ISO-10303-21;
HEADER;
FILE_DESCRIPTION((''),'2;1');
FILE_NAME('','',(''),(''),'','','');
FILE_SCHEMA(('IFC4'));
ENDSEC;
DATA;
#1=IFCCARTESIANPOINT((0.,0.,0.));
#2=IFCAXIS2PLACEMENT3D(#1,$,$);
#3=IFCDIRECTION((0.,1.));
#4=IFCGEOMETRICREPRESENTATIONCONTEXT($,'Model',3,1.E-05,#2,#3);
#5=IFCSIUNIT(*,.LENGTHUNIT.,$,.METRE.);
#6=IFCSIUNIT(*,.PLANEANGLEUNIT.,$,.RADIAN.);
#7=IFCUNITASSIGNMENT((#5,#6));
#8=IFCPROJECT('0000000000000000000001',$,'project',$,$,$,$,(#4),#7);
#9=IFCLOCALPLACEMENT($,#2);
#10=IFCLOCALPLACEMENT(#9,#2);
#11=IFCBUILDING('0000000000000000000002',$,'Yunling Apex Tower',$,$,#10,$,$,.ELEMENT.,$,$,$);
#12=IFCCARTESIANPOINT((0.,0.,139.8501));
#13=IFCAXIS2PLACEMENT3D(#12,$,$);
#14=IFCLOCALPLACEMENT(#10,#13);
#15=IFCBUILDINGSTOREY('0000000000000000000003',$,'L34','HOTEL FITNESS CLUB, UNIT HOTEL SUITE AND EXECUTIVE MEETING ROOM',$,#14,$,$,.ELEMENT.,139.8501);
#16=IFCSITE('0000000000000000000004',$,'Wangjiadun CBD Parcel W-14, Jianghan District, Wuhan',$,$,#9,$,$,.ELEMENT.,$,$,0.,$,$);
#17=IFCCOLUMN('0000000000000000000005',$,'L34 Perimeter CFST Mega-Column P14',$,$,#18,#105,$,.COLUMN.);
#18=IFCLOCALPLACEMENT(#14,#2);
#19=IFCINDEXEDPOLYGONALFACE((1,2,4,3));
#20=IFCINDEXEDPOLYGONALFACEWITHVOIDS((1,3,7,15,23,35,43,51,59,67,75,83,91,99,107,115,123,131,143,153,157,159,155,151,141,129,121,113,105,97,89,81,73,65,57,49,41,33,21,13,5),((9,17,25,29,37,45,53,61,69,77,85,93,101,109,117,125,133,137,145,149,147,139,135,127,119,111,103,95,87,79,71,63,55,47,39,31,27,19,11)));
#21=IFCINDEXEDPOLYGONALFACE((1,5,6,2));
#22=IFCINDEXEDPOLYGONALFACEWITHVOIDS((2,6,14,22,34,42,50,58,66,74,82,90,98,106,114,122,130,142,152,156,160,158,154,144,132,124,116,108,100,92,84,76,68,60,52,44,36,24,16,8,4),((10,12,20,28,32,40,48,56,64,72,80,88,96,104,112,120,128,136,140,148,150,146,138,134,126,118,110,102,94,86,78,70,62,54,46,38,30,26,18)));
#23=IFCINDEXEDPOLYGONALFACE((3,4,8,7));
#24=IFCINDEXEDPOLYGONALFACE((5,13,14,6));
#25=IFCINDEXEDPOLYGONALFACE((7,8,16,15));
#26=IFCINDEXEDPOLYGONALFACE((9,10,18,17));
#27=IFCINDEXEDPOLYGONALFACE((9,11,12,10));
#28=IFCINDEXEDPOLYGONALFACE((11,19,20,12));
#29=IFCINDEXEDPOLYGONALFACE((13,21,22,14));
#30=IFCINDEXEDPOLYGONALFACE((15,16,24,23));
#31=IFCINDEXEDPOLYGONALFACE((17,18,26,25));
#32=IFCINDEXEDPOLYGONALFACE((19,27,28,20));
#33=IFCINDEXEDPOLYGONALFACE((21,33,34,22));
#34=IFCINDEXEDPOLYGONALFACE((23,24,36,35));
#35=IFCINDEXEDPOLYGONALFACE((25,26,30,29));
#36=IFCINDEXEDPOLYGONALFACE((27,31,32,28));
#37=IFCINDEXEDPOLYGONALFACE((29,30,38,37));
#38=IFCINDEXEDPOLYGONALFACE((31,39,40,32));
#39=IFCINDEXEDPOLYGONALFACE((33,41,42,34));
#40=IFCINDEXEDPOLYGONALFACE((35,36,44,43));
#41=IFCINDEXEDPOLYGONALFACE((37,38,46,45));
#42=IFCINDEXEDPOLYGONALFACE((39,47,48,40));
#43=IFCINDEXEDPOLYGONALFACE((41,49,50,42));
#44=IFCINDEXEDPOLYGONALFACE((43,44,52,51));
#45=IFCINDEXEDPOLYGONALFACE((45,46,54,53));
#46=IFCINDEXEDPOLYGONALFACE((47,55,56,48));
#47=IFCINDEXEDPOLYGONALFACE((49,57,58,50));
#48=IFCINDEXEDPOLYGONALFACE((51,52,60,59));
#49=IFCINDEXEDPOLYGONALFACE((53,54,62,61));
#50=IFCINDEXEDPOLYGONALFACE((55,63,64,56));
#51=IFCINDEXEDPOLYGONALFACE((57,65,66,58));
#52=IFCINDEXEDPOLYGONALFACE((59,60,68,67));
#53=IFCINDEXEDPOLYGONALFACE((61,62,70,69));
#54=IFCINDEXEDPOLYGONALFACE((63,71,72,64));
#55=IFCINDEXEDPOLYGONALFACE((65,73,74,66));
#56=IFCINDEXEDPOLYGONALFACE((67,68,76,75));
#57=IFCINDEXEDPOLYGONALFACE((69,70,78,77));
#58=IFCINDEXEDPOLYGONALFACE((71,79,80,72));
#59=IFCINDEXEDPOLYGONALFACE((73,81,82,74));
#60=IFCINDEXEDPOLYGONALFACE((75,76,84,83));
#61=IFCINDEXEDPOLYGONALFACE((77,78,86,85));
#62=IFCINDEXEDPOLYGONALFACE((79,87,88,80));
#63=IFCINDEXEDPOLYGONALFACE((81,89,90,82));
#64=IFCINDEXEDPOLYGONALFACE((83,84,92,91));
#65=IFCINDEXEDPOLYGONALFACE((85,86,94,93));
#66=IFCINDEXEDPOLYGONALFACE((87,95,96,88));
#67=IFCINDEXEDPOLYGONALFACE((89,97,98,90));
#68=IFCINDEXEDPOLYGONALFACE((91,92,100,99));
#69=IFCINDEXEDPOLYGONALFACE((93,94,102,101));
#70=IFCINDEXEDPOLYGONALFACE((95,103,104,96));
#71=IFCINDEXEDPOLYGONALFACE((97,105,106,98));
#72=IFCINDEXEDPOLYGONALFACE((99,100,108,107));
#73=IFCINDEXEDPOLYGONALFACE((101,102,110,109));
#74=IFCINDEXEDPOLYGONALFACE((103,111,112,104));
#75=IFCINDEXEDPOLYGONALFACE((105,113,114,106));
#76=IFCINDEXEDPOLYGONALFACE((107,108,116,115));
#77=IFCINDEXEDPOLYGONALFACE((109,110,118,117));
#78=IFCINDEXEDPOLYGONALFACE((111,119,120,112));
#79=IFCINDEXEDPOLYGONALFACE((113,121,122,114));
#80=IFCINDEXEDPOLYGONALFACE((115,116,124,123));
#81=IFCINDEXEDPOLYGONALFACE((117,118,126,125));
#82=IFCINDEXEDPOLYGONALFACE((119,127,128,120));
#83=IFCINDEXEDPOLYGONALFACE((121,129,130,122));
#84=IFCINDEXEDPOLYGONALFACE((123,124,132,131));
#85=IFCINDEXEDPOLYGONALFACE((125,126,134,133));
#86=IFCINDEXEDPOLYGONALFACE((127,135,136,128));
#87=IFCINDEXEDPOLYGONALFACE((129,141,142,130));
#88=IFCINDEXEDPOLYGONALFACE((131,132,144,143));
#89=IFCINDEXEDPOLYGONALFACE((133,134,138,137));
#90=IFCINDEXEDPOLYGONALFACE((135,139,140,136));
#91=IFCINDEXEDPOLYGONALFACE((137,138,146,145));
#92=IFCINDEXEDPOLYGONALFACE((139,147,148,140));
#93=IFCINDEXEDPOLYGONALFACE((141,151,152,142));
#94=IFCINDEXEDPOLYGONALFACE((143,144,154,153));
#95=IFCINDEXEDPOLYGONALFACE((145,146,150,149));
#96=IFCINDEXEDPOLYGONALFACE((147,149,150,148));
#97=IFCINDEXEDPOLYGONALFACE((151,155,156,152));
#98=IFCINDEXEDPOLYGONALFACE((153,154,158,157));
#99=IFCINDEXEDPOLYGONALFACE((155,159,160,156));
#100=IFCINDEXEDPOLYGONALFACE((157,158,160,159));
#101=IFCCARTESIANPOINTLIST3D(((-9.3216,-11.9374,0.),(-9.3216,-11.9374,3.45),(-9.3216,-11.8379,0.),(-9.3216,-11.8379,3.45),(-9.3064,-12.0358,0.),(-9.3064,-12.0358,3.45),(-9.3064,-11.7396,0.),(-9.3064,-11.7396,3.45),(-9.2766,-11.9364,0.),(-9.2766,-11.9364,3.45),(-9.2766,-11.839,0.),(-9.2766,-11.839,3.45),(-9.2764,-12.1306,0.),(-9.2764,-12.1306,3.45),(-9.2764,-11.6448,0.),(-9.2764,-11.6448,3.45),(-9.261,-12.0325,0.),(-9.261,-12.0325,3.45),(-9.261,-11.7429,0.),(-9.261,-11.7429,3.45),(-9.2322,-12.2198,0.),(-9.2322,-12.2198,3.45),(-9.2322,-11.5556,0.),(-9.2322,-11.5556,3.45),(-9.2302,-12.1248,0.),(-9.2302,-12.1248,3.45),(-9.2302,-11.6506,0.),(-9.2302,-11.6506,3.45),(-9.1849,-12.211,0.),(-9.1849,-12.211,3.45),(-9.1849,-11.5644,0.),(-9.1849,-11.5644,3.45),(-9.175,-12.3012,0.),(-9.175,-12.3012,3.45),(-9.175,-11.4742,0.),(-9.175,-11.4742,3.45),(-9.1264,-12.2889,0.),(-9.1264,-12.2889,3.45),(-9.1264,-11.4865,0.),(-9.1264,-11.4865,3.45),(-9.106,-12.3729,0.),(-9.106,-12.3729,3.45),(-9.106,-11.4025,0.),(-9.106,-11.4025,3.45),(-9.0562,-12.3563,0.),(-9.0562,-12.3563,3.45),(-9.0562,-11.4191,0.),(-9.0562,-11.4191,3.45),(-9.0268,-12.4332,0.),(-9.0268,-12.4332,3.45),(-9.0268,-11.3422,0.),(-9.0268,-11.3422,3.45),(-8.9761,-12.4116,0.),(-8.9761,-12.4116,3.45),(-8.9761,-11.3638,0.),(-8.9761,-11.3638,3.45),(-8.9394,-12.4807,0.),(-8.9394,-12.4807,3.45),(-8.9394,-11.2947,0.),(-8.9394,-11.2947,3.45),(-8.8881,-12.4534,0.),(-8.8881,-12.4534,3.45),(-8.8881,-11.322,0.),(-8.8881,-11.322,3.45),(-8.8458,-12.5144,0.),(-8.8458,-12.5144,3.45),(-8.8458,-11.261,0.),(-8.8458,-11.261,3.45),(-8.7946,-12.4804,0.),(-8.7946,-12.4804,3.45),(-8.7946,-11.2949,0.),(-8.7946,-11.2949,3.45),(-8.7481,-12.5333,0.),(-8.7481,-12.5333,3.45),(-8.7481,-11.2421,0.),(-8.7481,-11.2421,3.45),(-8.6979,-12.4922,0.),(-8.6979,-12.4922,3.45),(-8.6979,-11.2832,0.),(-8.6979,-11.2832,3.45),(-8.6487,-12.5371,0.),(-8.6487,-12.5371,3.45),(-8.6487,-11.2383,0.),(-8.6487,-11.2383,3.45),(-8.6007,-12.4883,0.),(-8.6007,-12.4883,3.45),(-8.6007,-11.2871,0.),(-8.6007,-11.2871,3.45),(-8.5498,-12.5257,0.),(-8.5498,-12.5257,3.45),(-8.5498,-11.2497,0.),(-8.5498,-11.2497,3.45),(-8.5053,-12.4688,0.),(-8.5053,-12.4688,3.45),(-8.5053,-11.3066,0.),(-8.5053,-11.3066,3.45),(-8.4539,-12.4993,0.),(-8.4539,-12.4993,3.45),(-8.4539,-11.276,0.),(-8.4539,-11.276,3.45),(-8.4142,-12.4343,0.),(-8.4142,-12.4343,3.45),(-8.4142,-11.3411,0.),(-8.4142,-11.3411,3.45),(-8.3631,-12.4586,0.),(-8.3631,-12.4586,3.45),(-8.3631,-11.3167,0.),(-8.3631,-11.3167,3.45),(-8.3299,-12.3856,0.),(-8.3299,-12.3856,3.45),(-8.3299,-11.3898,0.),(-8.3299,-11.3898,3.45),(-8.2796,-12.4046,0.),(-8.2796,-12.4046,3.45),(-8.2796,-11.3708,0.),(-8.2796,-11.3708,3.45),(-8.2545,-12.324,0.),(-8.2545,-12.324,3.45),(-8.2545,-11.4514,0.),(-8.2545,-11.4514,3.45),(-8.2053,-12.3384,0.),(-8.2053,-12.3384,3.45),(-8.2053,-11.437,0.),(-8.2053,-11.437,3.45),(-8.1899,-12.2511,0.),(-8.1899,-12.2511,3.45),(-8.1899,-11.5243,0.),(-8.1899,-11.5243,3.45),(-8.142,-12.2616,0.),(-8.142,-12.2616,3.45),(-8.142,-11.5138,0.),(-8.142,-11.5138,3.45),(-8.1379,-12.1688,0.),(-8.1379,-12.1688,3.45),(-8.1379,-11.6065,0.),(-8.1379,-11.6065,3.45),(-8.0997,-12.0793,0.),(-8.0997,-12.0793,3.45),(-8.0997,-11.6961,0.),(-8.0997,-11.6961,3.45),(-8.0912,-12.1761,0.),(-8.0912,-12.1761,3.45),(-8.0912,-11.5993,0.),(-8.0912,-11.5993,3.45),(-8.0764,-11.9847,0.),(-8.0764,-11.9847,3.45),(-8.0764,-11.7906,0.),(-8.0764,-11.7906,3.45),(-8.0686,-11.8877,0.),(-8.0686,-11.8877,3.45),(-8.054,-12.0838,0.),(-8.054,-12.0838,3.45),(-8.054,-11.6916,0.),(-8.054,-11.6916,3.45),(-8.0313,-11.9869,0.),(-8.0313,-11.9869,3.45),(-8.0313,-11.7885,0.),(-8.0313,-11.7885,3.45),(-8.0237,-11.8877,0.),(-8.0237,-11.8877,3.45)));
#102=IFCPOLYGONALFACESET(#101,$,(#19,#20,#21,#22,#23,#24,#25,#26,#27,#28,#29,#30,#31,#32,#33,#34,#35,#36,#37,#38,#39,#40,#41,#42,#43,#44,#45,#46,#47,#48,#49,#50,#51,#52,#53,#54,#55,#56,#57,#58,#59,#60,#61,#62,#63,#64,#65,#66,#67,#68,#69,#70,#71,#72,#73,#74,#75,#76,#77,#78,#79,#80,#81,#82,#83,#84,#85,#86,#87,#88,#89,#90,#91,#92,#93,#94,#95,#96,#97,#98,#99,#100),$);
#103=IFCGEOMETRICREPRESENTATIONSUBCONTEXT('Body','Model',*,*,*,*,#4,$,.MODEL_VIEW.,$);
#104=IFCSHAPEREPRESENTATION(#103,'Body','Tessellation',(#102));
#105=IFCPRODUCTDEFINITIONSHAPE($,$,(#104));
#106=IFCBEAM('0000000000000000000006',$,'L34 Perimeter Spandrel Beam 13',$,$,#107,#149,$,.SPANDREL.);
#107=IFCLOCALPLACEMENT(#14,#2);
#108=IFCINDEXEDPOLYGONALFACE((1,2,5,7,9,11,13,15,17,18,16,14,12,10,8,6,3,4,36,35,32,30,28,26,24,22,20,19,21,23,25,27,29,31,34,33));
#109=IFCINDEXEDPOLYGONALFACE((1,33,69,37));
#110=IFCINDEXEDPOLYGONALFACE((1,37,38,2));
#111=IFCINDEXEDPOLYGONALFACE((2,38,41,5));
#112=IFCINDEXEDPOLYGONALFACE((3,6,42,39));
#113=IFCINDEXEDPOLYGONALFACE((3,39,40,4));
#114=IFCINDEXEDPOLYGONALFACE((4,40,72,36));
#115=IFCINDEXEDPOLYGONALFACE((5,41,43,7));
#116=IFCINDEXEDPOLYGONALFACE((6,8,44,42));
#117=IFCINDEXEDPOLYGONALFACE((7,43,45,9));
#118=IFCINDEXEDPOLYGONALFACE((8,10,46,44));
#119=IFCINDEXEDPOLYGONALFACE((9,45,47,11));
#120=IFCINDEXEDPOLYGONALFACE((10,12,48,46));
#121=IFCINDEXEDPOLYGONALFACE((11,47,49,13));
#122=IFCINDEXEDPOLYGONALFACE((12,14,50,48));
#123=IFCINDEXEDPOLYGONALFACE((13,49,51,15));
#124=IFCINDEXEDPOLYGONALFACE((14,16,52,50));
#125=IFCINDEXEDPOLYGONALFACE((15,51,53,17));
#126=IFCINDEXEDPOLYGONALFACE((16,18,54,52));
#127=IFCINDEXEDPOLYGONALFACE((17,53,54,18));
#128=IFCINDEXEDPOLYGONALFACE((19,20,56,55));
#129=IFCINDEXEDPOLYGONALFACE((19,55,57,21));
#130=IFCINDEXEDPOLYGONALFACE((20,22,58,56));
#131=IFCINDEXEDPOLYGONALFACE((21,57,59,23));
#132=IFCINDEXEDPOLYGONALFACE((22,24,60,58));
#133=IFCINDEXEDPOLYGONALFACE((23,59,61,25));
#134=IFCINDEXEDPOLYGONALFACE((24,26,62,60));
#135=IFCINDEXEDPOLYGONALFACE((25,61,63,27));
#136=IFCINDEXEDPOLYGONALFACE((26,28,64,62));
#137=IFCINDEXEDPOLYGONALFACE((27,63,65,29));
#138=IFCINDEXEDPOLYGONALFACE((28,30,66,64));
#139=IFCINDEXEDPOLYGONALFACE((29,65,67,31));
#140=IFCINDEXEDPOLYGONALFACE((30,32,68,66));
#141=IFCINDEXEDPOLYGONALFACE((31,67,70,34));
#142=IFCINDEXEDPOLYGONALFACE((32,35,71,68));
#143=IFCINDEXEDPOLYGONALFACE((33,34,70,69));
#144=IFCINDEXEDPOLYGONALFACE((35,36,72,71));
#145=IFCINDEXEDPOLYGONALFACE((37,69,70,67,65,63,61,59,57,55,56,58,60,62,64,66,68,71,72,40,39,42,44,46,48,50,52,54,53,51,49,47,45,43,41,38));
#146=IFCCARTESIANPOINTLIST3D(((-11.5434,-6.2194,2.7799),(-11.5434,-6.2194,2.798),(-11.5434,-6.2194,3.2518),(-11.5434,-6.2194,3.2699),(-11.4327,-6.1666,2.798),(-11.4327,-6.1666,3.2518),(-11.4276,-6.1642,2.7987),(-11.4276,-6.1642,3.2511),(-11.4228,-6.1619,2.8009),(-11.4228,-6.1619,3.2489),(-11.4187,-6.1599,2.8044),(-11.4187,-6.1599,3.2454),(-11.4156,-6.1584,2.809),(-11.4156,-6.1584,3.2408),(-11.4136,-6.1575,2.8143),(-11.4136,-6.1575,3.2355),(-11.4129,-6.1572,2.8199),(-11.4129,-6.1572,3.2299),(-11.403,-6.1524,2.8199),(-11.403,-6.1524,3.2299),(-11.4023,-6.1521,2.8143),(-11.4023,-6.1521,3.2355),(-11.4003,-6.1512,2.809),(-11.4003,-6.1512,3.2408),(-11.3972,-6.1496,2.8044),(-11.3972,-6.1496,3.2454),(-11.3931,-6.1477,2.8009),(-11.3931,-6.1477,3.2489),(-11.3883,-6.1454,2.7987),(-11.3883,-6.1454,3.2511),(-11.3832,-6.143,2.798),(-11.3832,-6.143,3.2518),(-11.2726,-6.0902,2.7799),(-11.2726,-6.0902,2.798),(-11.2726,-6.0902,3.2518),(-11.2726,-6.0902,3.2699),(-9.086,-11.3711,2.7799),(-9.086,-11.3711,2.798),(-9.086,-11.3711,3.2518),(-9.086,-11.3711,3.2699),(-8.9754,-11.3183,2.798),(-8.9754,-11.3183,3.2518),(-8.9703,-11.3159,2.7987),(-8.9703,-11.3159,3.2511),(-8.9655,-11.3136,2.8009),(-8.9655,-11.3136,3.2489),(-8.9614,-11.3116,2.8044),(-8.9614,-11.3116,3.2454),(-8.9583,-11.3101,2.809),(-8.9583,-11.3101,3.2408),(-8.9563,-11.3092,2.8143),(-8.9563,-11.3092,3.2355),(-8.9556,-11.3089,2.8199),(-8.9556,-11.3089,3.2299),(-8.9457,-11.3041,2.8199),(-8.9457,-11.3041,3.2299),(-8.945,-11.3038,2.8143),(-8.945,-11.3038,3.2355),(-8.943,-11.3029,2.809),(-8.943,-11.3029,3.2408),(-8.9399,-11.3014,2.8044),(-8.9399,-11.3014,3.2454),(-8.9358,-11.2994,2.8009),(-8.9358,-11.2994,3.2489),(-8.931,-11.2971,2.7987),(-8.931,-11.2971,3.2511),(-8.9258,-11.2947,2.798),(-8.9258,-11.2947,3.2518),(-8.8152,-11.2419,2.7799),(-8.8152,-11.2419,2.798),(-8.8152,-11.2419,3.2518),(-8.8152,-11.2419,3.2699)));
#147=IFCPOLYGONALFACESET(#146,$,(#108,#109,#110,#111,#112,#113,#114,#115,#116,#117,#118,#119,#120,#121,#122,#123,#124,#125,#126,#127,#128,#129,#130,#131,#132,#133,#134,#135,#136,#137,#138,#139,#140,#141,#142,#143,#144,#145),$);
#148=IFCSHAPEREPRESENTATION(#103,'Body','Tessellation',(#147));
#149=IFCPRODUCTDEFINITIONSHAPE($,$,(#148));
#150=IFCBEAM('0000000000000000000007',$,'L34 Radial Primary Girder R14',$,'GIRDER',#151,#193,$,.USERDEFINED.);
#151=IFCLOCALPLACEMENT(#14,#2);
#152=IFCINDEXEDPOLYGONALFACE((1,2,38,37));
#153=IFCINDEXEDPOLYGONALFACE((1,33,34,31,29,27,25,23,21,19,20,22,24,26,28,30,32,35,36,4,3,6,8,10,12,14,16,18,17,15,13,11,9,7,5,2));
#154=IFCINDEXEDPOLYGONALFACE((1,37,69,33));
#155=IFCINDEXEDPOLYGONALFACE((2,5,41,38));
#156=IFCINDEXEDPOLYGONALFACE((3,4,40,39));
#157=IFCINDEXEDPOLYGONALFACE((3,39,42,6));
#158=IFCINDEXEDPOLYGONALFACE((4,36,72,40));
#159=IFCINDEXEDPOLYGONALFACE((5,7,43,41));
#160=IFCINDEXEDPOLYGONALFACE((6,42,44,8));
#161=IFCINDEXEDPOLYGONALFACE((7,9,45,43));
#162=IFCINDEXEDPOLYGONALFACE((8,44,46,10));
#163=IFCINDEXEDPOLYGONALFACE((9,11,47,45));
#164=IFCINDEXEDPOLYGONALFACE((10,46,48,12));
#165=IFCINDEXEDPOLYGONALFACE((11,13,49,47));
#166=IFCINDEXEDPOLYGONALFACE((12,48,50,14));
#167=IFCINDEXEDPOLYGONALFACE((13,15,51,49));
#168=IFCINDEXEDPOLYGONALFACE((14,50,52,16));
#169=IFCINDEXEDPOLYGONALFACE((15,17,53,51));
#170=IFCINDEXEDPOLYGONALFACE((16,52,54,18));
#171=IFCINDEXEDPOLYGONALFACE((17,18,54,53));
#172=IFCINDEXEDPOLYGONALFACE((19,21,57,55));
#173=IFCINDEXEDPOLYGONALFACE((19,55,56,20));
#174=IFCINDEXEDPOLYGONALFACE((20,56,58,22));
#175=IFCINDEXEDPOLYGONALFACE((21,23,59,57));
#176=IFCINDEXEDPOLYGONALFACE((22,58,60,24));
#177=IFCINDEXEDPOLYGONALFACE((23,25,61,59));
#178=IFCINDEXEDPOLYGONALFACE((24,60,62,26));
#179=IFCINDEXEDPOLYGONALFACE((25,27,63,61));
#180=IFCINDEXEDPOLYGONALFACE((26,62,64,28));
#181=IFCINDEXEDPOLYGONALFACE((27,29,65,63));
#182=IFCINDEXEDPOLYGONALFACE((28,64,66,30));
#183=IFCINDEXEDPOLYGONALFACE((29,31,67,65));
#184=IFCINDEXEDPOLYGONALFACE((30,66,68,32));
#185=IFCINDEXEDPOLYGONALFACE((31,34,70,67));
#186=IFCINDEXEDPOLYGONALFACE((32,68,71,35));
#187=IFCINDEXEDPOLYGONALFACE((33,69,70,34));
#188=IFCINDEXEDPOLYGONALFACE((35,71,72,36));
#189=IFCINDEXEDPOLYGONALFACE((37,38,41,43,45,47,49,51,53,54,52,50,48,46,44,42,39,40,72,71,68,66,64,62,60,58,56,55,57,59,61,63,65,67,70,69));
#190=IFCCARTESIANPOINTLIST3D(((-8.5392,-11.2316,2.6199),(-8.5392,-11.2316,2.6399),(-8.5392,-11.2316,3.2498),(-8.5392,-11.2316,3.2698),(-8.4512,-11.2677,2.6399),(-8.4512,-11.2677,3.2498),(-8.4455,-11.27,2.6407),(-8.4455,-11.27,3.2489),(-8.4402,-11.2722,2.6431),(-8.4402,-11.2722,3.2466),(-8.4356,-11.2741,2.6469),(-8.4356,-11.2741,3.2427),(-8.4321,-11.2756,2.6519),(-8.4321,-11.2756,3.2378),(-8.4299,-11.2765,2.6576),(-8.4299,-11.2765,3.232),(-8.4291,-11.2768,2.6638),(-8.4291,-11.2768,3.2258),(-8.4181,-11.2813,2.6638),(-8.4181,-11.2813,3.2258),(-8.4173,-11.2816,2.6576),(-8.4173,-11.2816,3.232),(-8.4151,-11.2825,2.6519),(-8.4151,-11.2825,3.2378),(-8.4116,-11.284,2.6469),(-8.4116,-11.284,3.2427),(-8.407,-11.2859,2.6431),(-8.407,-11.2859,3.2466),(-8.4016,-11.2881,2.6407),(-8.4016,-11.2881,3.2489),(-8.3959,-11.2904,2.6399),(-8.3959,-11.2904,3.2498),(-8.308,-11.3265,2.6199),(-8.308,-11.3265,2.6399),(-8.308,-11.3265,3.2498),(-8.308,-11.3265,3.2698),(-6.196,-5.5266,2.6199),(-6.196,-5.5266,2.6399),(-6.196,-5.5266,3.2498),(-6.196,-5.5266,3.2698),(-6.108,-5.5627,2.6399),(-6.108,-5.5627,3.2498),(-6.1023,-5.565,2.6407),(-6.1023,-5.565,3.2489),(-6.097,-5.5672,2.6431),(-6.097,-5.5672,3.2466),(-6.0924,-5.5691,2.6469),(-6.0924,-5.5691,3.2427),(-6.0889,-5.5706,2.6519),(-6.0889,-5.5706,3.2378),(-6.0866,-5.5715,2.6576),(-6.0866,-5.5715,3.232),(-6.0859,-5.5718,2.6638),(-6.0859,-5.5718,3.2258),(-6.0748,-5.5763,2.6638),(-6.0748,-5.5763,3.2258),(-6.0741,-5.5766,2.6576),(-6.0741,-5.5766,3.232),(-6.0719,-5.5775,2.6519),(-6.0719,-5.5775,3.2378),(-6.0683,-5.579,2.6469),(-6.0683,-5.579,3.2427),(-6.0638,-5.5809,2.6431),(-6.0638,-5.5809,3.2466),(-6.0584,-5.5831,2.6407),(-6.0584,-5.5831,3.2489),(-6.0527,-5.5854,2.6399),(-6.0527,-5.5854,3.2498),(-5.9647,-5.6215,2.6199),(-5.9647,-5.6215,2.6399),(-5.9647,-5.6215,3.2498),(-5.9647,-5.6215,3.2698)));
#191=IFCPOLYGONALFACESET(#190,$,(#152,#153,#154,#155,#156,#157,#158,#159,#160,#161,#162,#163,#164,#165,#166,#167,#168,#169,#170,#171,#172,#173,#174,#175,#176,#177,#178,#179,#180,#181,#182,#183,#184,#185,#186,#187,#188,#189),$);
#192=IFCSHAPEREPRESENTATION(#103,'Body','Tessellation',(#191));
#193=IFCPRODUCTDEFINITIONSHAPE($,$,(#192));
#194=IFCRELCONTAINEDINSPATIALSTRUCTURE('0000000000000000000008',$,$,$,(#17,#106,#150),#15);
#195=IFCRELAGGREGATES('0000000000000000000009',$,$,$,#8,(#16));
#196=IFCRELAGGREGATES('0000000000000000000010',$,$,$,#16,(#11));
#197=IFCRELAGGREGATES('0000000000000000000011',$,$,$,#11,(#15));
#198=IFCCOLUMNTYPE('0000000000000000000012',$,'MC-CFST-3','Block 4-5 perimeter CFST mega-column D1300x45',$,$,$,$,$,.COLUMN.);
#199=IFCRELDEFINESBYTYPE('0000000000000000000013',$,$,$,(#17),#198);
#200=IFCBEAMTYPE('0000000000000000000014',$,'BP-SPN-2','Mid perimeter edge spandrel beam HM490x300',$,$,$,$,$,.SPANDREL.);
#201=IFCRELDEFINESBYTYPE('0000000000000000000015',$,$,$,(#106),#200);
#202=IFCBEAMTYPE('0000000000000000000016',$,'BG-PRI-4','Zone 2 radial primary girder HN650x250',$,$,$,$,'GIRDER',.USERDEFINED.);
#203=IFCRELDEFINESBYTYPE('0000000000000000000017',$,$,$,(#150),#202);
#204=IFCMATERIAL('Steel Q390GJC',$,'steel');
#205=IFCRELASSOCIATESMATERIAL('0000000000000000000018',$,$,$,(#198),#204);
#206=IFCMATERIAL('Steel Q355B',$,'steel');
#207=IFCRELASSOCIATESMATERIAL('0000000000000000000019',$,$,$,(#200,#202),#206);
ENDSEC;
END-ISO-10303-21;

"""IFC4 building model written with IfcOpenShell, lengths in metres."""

from ifc_helpers import new_model, si_unit, direction, frame, origin, origin_2d, place, context, subcontext, project, spatial, hollow_circle, i_section, extrude, source, transform, mapped, material, material_profile, profile_set, type_object, element, save


model = new_model("IFC4")

# Units and contexts
model_context = context("Model", 3, precision=1e-05, world=origin(), true_north=direction((0.0, 1.0)))
body_context = subcontext(model_context, "Body", "Model", "MODEL_VIEW")
ifc_project = project(units=[si_unit("LENGTHUNIT", "METRE"), si_unit("PLANEANGLEUNIT", "RADIAN")], contexts=[model_context])

# Site, building, storey
site_placement = place(None, origin())
site = spatial("IfcSite", under=ifc_project, at=site_placement, Name="Wangjiadun CBD Parcel W-14, Jianghan District, Wuhan", CompositionType="ELEMENT", RefElevation=0.0)
building_placement = place(site_placement, origin())
building = spatial("IfcBuilding", under=site, at=building_placement, Name="Yunling Apex Tower", CompositionType="ELEMENT")
storey_placement = place(building_placement, frame((0.0, 0.0, 139.8501)))
storey = spatial("IfcBuildingStorey", under=building, at=storey_placement, Name="L34", Description="HOTEL FITNESS CLUB, UNIT HOTEL SUITE AND EXECUTIVE MEETING ROOM", CompositionType="ELEMENT", Elevation=139.8501)

# Column
ifc_material_1 = material(Name="Steel Q390GJC", Category="steel")
ifc_material_profile_1 = material_profile(ifc_material_1, hollow_circle(Radius=0.6499, WallThickness=0.0449, at=origin_2d()))
ifc_profile_set_1 = profile_set([ifc_material_profile_1], Name="Steel Q390GJC")
column_type = type_object("IfcColumnType", Name="MC-CFST-3", Description="Block 4-5 perimeter CFST mega-column D1300x45", PredefinedType="COLUMN", material=ifc_profile_set_1)
shared_shape_1 = source(origin(), body_context, "Body", "SweptSolid", [
    extrude(hollow_circle(Radius=0.6499, WallThickness=0.0449, at=origin_2d()), origin(), (0.0, 0.0, 1.0), 3.45),
])
column_placement = place(storey_placement, frame((-8.6736, -11.8877, 0.0), z_axis=(0.0, 0.0, 1.0), x_axis=(1.0, 0.0, 0.0)))
element("IfcColumn", 1, at=column_placement, inside=storey, type_object=column_type, Name="L34 Perimeter CFST Mega-Column P14", PredefinedType="COLUMN", context=body_context, shape_type="MappedRepresentation", body=[
    mapped(shared_shape_1, transform((0.0, 0.0, 0.0), scale=1.0)),
])

# Beams
ifc_material_2 = material(Name="Steel Q355B", Category="steel")
ifc_material_profile_2 = material_profile(ifc_material_2, i_section(OverallWidth=0.3, OverallDepth=0.49, WebThickness=0.011, FlangeThickness=0.0181, FilletRadius=0.022, at=origin_2d()))
ifc_profile_set_2 = profile_set([ifc_material_profile_2], Name="Steel Q355B")
beam_type_1 = type_object("IfcBeamType", Name="BP-SPN-2", Description="Mid perimeter edge spandrel beam HM490x300", PredefinedType="SPANDREL", material=ifc_profile_set_2)
shared_shape_2 = source(origin(), body_context, "Body", "SweptSolid", [
    extrude(i_section(OverallWidth=0.3, OverallDepth=0.49, WebThickness=0.011, FlangeThickness=0.0181, FilletRadius=0.022, at=origin_2d()), origin(), (0.0, 0.0, 1.0), 5.7078),
])
beam_1_placement = place(storey_placement, frame((-11.408, -6.1548, 3.0249), z_axis=(0.430523, -0.90258, 0.0), x_axis=(0.90258, 0.430523, 0.0)))
element("IfcBeam", 2, at=beam_1_placement, inside=storey, type_object=beam_type_1, Name="L34 Perimeter Spandrel Beam 13", PredefinedType="SPANDREL", context=body_context, shape_type="MappedRepresentation", body=[
    mapped(shared_shape_2, transform((0.0, 0.0, 0.0), scale=1.0)),
])
ifc_material_profile_3 = material_profile(ifc_material_2, i_section(OverallWidth=0.25, OverallDepth=0.6499, WebThickness=0.012, FlangeThickness=0.02, FilletRadius=0.0239, at=origin_2d()))
ifc_profile_set_3 = profile_set([ifc_material_profile_3], Name="Steel Q355B")
beam_type_2 = type_object("IfcBeamType", Name="BG-PRI-4", Description="Zone 2 radial primary girder HN650x250", ElementType="GIRDER", PredefinedType="USERDEFINED", material=ifc_profile_set_3)
shared_shape_3 = source(origin(), body_context, "Body", "SweptSolid", [
    extrude(i_section(OverallWidth=0.25, OverallDepth=0.6499, WebThickness=0.012, FlangeThickness=0.02, FilletRadius=0.0239, at=origin_2d()), origin(), (0.0, 0.0, 1.0), 6.1675),
])
beam_2_placement = place(storey_placement, frame((-8.4236, -11.2791, 2.9448), z_axis=(0.379933, 0.925014, 0.0), x_axis=(-0.925014, 0.379933, 0.0)))
element("IfcBeam", 3, at=beam_2_placement, inside=storey, type_object=beam_type_2, Name="L34 Radial Primary Girder R14", ObjectType="GIRDER", PredefinedType="USERDEFINED", context=body_context, shape_type="MappedRepresentation", body=[
    mapped(shared_shape_3, transform((0.0, 0.0, 0.0), scale=1.0)),
])

save(model, "model.ifc")
